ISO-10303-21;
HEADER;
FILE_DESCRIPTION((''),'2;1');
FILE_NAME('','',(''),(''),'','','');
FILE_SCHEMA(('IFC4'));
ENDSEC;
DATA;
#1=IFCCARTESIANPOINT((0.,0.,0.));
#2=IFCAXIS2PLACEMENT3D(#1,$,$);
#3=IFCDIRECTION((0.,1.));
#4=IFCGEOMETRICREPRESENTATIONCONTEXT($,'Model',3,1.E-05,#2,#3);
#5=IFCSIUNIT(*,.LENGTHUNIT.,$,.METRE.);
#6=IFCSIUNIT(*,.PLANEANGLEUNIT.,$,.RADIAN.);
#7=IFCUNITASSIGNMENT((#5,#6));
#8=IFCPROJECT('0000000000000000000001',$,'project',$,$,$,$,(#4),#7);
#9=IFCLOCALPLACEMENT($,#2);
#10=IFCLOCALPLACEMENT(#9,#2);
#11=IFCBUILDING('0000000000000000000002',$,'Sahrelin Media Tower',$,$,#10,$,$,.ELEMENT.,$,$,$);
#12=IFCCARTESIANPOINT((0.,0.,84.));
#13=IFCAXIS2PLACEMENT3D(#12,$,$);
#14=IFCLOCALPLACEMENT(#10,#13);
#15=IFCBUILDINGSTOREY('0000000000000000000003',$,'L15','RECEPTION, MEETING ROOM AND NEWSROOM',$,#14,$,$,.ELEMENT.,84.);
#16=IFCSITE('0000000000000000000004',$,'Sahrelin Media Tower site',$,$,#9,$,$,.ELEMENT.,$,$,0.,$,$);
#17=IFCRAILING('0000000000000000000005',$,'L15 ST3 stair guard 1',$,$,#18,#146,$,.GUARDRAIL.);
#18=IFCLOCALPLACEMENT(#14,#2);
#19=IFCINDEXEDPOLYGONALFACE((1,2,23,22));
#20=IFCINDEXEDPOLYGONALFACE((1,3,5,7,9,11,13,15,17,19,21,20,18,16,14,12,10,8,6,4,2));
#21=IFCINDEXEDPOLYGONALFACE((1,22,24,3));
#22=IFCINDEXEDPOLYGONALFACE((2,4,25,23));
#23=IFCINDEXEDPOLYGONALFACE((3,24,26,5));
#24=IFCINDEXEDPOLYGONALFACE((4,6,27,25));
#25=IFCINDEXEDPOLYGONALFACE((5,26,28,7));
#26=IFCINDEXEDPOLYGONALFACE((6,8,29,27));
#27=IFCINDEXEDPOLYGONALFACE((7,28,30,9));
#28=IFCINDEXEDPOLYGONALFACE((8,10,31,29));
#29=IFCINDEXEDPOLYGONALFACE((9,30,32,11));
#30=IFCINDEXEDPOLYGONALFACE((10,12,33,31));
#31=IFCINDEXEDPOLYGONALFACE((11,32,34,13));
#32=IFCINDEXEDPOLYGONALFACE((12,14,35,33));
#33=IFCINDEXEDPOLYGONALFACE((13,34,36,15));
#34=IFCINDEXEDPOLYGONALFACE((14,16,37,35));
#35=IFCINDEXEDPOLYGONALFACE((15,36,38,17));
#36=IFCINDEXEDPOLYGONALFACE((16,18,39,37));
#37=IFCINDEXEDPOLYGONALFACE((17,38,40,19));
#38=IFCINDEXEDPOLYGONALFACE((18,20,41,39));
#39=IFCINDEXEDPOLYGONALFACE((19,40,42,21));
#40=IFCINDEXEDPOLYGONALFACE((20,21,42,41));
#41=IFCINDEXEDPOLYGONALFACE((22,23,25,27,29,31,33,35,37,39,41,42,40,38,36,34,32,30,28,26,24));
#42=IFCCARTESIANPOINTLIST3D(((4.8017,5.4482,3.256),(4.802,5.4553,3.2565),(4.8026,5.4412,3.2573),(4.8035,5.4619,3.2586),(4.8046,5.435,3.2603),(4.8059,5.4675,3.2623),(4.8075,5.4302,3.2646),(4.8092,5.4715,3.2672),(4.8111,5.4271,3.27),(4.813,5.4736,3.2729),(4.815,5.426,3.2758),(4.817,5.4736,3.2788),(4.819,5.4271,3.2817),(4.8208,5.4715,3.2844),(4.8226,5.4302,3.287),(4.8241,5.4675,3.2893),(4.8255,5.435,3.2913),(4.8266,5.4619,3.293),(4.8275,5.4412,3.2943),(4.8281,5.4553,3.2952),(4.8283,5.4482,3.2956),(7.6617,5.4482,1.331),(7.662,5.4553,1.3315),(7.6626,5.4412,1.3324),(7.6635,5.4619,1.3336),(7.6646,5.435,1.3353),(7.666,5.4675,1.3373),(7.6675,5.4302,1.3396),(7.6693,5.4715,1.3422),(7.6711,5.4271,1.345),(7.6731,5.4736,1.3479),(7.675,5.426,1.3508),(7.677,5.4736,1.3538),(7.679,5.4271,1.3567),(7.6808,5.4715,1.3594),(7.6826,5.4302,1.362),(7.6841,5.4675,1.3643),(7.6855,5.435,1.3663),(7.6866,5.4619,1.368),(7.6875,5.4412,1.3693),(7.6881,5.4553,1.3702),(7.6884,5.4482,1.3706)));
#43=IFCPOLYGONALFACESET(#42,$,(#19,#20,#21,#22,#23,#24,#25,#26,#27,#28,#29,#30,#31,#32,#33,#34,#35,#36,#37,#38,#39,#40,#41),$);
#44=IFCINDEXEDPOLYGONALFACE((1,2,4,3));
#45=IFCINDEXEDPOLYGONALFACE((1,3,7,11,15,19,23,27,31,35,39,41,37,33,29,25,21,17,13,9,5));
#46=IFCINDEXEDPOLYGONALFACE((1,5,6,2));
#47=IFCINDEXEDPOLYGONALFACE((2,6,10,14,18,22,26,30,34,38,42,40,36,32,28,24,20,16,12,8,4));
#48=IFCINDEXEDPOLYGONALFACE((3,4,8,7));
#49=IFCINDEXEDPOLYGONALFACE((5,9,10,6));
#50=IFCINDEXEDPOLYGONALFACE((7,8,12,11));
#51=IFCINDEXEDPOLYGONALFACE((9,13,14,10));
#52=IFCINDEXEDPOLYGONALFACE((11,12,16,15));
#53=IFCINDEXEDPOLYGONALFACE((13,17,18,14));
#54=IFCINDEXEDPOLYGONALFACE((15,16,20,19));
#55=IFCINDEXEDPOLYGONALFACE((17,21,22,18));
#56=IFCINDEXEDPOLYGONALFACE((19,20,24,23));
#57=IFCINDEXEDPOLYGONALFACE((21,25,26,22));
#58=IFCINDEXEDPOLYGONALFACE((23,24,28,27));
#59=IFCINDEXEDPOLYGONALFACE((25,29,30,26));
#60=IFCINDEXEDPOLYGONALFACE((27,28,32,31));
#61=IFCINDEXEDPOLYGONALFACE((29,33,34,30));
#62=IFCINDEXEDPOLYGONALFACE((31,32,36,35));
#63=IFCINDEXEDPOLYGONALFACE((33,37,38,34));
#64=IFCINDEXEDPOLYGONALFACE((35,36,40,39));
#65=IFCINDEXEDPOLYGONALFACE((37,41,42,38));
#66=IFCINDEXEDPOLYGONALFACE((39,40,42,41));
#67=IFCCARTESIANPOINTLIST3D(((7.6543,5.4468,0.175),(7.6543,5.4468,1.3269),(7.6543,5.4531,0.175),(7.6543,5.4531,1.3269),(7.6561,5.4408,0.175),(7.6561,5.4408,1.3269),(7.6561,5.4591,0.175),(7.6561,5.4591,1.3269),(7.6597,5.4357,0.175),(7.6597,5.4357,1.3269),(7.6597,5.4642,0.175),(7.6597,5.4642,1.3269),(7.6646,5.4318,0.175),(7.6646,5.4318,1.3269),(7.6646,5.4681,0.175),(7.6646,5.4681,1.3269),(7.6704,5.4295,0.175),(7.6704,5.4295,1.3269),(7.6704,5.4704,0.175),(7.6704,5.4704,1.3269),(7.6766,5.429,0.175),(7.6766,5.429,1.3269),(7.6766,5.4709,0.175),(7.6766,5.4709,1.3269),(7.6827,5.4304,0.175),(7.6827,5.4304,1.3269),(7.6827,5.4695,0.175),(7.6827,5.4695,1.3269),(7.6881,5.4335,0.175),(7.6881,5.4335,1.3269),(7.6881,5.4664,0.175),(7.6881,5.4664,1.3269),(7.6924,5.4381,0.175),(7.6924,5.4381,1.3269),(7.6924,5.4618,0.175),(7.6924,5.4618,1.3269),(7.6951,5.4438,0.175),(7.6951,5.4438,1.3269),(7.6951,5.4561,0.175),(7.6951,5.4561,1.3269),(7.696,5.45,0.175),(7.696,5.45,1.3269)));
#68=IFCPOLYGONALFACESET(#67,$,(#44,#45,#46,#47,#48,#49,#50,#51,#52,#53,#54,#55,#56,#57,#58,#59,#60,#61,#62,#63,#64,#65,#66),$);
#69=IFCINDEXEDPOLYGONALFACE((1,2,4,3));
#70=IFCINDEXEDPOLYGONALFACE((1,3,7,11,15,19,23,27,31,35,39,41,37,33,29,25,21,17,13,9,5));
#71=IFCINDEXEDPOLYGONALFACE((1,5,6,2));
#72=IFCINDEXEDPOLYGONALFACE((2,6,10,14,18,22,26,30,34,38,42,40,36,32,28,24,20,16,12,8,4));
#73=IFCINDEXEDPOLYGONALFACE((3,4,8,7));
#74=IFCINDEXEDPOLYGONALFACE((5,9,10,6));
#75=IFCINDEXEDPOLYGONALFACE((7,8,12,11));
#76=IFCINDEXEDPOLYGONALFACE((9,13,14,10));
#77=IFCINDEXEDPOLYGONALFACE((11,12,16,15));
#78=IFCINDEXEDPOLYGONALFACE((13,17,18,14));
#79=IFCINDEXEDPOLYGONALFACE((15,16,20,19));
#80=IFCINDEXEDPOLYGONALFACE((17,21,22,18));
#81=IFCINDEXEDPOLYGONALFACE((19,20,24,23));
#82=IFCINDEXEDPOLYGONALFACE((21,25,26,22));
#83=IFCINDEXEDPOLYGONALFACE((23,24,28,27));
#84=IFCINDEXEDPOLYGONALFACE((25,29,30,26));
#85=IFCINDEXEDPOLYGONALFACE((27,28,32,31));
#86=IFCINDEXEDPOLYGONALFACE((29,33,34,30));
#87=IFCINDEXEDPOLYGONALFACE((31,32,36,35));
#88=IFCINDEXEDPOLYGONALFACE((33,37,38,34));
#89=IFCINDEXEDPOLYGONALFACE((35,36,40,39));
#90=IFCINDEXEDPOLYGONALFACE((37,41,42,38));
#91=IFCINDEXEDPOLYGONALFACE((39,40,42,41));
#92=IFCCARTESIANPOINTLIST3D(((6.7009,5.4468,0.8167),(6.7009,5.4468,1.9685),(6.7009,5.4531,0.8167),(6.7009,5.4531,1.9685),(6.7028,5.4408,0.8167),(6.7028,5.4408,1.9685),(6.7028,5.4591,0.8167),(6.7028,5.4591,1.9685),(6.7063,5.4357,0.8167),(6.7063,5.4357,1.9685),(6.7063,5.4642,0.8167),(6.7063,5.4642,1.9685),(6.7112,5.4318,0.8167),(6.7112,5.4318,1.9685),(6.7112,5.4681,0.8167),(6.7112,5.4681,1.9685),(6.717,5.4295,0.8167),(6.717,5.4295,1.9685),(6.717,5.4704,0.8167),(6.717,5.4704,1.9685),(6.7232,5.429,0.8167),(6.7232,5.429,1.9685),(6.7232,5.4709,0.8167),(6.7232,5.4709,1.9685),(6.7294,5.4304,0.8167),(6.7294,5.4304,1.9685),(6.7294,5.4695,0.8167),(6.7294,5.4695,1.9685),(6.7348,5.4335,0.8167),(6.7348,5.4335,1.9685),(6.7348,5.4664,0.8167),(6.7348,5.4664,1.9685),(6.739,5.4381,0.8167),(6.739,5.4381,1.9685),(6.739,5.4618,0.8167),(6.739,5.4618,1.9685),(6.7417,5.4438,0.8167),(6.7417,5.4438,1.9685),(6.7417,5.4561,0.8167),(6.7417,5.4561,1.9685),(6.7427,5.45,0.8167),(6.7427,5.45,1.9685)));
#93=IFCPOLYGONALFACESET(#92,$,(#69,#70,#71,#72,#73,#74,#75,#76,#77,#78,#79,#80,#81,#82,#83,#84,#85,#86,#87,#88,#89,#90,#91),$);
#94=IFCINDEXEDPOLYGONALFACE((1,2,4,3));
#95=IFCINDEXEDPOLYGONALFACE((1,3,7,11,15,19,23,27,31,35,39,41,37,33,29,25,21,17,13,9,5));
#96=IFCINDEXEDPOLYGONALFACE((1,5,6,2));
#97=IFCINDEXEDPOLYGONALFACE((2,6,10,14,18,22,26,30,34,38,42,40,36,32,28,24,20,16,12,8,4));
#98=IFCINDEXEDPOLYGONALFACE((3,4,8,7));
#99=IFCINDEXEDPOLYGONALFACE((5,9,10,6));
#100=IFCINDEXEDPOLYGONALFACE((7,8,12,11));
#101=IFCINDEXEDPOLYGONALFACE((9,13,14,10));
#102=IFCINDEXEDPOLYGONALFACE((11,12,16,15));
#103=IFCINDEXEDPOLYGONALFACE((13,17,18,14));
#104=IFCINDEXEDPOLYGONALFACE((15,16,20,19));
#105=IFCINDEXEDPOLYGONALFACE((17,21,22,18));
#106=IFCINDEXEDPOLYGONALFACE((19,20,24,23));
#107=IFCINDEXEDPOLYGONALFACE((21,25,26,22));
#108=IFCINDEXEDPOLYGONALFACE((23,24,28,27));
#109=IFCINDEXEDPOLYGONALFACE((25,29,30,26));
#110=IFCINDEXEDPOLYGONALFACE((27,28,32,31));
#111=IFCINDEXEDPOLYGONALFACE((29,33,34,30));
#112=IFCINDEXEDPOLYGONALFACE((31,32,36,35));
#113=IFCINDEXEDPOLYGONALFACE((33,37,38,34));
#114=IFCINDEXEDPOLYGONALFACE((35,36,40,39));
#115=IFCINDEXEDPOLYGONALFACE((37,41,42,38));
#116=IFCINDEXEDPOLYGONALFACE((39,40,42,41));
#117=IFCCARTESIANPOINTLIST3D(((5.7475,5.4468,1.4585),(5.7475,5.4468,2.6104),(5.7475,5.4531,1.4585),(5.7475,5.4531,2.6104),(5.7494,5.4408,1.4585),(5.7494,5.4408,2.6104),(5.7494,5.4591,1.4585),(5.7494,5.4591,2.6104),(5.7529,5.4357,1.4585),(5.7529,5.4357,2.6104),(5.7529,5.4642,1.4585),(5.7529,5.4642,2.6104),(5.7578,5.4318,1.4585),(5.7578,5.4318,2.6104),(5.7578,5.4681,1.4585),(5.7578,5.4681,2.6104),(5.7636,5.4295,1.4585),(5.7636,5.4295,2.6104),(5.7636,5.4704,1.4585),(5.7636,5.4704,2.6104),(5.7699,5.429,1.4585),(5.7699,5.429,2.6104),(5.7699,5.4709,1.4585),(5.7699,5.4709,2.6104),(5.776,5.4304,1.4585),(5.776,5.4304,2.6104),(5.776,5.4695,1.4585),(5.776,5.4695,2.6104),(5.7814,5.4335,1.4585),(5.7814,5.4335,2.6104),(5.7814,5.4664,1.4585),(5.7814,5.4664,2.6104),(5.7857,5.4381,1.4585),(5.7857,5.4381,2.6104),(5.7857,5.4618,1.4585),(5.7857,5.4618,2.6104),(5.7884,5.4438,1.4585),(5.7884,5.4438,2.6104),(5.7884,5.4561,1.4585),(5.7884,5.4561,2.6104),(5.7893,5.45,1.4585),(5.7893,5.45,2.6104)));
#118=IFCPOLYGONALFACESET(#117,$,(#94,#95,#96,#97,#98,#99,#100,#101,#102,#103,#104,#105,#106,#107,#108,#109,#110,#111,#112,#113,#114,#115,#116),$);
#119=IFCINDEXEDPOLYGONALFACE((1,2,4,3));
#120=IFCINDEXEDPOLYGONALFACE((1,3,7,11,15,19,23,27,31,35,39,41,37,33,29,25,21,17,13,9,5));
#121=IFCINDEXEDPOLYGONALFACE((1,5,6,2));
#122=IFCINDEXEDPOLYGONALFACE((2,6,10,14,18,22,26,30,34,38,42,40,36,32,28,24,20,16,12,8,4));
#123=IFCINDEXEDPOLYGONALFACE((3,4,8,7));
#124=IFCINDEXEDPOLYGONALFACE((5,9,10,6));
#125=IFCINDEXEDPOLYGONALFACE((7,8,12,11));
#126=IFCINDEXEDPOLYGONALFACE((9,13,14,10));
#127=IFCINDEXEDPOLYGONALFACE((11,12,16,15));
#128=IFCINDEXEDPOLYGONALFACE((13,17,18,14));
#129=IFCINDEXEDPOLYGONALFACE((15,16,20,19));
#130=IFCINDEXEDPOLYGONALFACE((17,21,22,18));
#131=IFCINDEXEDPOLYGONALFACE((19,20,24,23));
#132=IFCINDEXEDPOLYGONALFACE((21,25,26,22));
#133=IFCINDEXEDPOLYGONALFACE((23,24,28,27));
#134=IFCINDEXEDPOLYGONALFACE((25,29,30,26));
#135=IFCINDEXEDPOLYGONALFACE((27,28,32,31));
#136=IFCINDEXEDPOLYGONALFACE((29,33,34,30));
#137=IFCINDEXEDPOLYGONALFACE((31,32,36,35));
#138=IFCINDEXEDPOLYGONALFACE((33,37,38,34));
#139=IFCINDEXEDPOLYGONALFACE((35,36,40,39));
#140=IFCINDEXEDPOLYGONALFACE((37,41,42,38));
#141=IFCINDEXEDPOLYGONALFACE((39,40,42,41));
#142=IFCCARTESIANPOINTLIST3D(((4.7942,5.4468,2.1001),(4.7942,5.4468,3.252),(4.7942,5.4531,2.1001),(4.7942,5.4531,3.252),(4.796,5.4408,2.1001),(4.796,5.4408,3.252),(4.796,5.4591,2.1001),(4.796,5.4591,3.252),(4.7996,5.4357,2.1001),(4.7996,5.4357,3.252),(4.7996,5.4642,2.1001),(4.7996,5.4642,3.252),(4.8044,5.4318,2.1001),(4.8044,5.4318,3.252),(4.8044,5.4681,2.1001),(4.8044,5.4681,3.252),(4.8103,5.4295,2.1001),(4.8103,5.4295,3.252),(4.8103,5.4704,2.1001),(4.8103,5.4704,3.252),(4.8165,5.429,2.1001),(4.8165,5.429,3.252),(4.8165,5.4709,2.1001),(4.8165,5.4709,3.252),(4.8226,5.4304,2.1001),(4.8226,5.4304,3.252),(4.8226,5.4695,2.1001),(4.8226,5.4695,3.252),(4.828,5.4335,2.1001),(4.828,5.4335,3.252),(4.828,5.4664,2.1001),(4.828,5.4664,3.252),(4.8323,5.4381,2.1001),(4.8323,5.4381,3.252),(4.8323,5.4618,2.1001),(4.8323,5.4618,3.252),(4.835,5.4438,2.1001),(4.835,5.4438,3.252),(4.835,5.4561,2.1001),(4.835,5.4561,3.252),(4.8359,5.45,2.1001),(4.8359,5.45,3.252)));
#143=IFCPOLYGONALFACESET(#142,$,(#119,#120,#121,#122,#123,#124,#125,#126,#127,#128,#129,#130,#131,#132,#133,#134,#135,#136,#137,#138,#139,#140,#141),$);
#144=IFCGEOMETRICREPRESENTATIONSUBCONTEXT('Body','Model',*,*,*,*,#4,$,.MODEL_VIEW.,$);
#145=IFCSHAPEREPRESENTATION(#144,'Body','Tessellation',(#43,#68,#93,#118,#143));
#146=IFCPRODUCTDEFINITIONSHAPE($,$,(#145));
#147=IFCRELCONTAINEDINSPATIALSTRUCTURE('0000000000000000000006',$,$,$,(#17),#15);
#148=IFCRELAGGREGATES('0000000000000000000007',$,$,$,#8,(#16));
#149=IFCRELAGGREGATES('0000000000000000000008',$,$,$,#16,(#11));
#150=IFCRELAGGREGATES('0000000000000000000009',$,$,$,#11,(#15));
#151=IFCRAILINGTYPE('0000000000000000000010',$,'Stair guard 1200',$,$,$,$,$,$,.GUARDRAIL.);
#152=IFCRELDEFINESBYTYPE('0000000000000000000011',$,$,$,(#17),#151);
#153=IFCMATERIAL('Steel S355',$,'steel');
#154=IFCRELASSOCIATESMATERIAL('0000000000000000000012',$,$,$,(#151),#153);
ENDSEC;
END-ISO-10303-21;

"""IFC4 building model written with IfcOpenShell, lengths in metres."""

from ifc_helpers import new_model, si_unit, direction, frame, origin, origin_2d, place, context, subcontext, project, spatial, circle, extrude, material, type_object, element, save


model = new_model("IFC4")

# Units and contexts
model_context = context("Model", 3, precision=1e-05, world=origin(), true_north=direction((0.0, 1.0)))
body_context = subcontext(model_context, "Body", "Model", "MODEL_VIEW")
ifc_project = project(units=[si_unit("LENGTHUNIT", "METRE"), si_unit("PLANEANGLEUNIT", "RADIAN")], contexts=[model_context])

# Site, building, storey
site_placement = place(None, origin())
site = spatial("IfcSite", under=ifc_project, at=site_placement, Name="Sahrelin Media Tower site", CompositionType="ELEMENT", RefElevation=0.0)
building_placement = place(site_placement, origin())
building = spatial("IfcBuilding", under=site, at=building_placement, Name="Sahrelin Media Tower", CompositionType="ELEMENT")
storey_placement = place(building_placement, frame((0.0, 0.0, 84.0)))
storey = spatial("IfcBuildingStorey", under=building, at=storey_placement, Name="L15", Description="RECEPTION, MEETING ROOM AND NEWSROOM", CompositionType="ELEMENT", Elevation=84.0)

# Shared definitions
ifc_material_1 = material(Name="Steel S355", Category="steel")

# Railing
railing_type_1 = type_object("IfcRailingType", Name="Stair guard 1200", PredefinedType="GUARDRAIL", material=ifc_material_1)
railing_1_placement = place(storey_placement, frame((7.675, 5.45, 0.175)))
element("IfcRailing", 1, at=railing_1_placement, inside=storey, type_object=railing_type_1, Name="L15 ST3 stair guard 1", PredefinedType="GUARDRAIL", context=body_context, shape_type="SweptSolid", body=[
    extrude(circle(Radius=0.0239, at=origin_2d()), frame((0.0, 0.0, 1.1758), z_axis=(-0.829591, 0.0, 0.558372), x_axis=(0.0, -1.0, 0.0)), (0.0, 0.0, 1.0), 3.4475),
    extrude(circle(Radius=0.021, at=origin_2d()), origin(), (0.0, 0.0, 1.0), 1.1519),
    extrude(circle(Radius=0.021, at=origin_2d()), frame((-0.9534, 0.0, 0.6416)), (0.0, 0.0, 1.0), 1.1519),
    extrude(circle(Radius=0.021, at=origin_2d()), frame((-1.9067, 0.0, 1.2834)), (0.0, 0.0, 1.0), 1.1519),
    extrude(circle(Radius=0.021, at=origin_2d()), frame((-2.8601, 0.0, 1.925)), (0.0, 0.0, 1.0), 1.1519),
])

save(model, "model.ifc")
